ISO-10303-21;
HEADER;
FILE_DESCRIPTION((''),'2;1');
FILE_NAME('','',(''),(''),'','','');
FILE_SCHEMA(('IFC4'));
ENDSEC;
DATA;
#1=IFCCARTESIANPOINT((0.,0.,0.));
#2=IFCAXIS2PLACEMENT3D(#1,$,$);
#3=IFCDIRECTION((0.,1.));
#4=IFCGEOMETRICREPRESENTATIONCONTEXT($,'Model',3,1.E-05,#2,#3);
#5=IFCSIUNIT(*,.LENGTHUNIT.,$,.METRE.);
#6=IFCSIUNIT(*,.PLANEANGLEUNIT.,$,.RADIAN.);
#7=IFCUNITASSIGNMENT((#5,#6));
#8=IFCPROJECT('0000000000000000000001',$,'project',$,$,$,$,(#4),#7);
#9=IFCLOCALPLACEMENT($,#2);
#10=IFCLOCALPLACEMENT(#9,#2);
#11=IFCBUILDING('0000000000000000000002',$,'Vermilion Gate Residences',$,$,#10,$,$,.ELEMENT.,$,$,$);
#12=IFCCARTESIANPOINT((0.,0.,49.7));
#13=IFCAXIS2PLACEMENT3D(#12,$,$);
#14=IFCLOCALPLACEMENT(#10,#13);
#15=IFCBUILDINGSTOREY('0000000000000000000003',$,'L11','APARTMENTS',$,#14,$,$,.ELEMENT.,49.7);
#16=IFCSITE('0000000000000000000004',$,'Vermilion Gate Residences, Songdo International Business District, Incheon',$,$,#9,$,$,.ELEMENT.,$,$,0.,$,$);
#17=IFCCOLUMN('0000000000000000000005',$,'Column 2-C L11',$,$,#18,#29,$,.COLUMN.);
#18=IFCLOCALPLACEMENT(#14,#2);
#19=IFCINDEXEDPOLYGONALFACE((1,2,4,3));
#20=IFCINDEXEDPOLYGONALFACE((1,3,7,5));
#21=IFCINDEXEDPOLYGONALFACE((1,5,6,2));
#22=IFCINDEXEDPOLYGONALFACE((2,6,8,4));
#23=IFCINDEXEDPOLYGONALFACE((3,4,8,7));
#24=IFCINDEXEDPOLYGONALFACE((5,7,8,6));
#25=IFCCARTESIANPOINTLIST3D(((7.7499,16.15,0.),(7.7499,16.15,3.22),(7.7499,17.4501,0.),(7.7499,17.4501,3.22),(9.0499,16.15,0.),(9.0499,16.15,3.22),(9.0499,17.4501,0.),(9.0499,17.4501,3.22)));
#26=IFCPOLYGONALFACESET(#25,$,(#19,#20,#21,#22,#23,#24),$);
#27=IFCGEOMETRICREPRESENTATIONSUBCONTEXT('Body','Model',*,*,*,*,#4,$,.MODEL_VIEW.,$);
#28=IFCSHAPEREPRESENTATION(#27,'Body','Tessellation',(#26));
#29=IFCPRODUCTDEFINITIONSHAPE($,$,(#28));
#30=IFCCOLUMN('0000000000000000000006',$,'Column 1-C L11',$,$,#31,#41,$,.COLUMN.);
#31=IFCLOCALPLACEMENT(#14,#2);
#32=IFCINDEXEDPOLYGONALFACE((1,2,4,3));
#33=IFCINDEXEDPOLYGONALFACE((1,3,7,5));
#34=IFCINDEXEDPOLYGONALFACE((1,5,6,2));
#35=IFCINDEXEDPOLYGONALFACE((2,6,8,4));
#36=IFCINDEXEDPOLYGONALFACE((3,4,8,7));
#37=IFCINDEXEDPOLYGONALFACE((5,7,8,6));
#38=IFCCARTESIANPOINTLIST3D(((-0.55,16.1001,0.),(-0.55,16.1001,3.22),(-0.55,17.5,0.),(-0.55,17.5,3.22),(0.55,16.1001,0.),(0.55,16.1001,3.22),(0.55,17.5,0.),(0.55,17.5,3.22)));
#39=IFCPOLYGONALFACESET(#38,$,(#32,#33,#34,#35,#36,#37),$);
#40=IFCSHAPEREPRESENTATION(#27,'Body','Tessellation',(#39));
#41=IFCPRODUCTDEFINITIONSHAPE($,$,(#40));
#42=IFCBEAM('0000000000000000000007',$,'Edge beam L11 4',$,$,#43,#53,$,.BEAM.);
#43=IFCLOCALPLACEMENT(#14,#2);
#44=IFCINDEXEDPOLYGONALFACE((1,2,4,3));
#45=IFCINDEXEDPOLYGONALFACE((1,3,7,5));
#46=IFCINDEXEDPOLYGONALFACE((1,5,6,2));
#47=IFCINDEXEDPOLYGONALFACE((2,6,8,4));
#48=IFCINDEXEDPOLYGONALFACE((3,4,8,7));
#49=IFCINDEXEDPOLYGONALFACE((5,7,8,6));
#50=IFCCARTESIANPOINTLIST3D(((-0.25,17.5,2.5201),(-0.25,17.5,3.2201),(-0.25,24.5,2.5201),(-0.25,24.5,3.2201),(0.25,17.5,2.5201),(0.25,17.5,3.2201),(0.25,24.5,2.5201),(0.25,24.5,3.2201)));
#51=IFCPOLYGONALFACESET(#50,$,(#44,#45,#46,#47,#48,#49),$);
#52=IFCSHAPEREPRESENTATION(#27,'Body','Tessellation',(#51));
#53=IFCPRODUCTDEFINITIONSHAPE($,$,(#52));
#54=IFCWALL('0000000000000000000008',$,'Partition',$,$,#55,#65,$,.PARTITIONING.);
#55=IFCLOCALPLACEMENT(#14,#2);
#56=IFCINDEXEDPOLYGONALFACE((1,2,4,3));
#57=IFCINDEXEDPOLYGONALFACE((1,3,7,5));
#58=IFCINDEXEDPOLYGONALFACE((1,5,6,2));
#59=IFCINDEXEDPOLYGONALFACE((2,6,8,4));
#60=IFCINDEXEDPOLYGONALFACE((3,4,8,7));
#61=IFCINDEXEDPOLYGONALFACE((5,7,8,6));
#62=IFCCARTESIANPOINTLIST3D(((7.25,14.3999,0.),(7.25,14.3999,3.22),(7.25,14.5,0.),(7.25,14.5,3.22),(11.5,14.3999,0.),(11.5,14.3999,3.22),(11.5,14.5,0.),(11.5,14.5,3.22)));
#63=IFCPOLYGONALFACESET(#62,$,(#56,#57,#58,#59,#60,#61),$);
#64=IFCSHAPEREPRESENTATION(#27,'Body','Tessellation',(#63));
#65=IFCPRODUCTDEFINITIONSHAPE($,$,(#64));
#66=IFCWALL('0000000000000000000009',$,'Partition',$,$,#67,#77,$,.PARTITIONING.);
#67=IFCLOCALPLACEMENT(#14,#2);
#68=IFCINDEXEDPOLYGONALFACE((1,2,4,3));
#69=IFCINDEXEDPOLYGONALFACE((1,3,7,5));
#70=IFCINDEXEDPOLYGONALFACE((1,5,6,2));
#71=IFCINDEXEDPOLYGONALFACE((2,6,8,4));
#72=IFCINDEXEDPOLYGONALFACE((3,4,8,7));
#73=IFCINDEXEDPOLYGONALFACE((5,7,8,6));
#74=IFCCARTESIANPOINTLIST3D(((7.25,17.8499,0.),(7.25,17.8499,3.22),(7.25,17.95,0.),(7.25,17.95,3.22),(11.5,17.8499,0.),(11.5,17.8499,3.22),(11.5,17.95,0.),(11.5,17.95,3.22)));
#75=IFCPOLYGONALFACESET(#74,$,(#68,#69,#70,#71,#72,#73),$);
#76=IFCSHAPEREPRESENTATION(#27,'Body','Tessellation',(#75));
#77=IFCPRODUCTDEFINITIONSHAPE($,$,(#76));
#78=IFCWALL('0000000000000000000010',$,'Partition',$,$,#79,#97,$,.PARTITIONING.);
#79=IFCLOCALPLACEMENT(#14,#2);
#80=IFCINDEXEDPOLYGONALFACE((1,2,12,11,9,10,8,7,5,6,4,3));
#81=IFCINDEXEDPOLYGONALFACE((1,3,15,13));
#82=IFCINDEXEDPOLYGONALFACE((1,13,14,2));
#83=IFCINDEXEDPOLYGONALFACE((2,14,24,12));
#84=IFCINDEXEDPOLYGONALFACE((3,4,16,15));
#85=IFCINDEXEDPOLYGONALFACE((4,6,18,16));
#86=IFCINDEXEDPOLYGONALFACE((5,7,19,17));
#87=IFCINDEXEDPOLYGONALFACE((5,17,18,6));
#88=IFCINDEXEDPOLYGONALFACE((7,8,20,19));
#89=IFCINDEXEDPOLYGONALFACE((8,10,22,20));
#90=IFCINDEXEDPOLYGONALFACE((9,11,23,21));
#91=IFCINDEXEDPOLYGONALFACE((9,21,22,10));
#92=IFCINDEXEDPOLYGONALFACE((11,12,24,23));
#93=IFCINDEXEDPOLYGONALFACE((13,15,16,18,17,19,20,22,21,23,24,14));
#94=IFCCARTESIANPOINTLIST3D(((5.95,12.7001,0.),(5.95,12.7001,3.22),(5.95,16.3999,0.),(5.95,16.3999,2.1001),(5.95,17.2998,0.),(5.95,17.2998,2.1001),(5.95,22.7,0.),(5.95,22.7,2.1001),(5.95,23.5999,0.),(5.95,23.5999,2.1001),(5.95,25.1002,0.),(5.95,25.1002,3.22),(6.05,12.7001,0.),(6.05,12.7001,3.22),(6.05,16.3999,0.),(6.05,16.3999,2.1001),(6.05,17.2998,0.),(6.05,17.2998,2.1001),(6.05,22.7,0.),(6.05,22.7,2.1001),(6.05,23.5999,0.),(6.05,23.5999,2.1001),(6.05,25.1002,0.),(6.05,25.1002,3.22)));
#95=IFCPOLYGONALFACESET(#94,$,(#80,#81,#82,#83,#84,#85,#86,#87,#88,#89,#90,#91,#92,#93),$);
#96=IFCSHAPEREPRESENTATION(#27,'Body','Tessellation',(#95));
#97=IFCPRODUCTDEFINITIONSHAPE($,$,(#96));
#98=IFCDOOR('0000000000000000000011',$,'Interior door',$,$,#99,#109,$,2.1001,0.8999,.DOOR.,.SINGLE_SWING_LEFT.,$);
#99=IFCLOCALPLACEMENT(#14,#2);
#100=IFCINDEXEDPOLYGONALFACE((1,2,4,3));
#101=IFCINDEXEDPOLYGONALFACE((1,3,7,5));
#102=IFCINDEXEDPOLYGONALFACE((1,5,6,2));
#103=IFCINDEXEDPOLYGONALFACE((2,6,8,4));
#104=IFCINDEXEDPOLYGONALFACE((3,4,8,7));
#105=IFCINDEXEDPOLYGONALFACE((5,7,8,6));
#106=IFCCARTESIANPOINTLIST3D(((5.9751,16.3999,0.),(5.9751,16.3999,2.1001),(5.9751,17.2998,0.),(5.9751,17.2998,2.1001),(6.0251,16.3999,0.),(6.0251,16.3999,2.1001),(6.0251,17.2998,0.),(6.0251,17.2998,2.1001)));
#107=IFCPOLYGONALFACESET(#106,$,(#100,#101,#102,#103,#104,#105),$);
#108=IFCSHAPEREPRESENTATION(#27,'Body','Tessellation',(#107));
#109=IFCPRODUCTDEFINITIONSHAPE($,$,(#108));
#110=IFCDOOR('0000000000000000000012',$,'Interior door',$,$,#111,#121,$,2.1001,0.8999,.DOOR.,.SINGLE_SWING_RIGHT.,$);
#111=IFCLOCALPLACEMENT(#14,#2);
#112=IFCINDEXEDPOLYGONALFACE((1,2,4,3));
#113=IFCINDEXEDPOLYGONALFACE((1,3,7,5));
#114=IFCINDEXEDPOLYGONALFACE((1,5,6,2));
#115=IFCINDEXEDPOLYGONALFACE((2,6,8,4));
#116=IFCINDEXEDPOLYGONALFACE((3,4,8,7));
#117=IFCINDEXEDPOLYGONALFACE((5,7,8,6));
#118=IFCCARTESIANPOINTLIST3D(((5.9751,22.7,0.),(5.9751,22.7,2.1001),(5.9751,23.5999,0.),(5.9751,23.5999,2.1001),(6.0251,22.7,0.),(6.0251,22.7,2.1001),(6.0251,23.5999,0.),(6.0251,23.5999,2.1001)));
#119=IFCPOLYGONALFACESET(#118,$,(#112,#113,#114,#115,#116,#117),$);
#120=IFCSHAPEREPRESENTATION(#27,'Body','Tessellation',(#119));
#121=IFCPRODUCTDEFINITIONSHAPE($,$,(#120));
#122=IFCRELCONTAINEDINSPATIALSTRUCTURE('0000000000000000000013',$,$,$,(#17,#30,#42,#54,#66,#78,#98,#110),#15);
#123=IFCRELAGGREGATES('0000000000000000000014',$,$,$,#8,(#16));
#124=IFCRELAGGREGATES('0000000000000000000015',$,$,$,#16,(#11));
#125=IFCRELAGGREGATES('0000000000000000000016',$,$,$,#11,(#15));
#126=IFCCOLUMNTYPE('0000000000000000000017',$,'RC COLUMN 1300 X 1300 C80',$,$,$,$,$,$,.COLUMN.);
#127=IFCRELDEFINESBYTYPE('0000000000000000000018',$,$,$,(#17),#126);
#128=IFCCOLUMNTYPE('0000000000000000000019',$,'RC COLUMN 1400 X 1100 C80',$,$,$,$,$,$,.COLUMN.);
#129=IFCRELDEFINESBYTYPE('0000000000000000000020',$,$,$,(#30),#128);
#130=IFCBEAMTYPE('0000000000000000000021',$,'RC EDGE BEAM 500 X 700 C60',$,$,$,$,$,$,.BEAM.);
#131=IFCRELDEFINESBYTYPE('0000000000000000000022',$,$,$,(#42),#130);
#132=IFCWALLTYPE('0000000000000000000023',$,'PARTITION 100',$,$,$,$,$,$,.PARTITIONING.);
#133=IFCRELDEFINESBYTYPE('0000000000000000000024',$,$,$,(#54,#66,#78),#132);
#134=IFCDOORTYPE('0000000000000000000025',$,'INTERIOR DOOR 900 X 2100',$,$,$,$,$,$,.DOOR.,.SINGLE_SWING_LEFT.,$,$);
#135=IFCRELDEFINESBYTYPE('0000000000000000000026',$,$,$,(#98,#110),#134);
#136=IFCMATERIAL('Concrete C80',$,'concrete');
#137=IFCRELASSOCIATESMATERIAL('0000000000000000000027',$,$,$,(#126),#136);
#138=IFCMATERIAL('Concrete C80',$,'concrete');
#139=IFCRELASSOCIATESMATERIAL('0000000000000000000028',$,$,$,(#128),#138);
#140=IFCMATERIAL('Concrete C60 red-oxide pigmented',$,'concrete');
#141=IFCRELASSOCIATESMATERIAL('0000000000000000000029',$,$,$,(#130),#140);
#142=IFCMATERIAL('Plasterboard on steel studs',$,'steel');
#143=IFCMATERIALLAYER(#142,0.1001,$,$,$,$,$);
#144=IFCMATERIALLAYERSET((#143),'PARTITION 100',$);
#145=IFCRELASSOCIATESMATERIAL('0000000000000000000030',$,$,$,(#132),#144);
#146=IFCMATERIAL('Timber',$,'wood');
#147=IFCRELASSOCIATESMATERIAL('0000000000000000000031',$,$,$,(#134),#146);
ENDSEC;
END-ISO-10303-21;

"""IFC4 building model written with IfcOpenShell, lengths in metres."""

from ifc_helpers import new_model, si_unit, direction, frame, frame_2d, origin, origin_2d, place, context, subcontext, project, spatial, rectangle, extrude, material, layer, layer_set, material_profile, profile_set, type_object, element, fill, save


model = new_model("IFC4")

# Units and contexts
model_context = context("Model", 3, precision=1e-05, world=origin(), true_north=direction((0.0, 1.0)))
body_context = subcontext(model_context, "Body", "Model", "MODEL_VIEW")
ifc_project = project(units=[si_unit("LENGTHUNIT", "METRE"), si_unit("PLANEANGLEUNIT", "RADIAN")], contexts=[model_context])

# Site, building, storey
site_placement = place(None, origin())
site = spatial("IfcSite", under=ifc_project, at=site_placement, Name="Vermilion Gate Residences, Songdo International Business District, Incheon", CompositionType="ELEMENT", RefElevation=0.0)
building_placement = place(site_placement, origin())
building = spatial("IfcBuilding", under=site, at=building_placement, Name="Vermilion Gate Residences", CompositionType="ELEMENT")
storey_placement = place(building_placement, frame((0.0, 0.0, 49.7)))
storey = spatial("IfcBuildingStorey", under=building, at=storey_placement, Name="L11", Description="APARTMENTS", CompositionType="ELEMENT", Elevation=49.7)

# Columns
ifc_material_1 = material(Name="Concrete C80", Category="concrete")
ifc_material_profile_1 = material_profile(ifc_material_1, rectangle(XDim=1.3, YDim=1.3, at=origin_2d()), Name="RC-1300x1300")
ifc_profile_set_1 = profile_set([ifc_material_profile_1], Name="Concrete C80")
column_type_1 = type_object("IfcColumnType", Name="RC COLUMN 1300 X 1300 C80", PredefinedType="COLUMN", material=ifc_profile_set_1)
column_1_placement = place(storey_placement, frame((8.3999, 16.8, 0.0), z_axis=(0.0, 0.0, 1.0), x_axis=(1.0, 0.0, 0.0)))
element("IfcColumn", 1, at=column_1_placement, inside=storey, type_object=column_type_1, Name="Column 2-C L11", PredefinedType="COLUMN", context=body_context, shape_type="SweptSolid", body=[
    extrude(rectangle(XDim=1.3, YDim=1.3, at=origin_2d()), origin(), (0.0, 0.0, 1.0), 3.22),
])
ifc_material_2 = material(Name="Concrete C80", Category="concrete")
ifc_material_profile_2 = material_profile(ifc_material_2, rectangle(XDim=1.3999, YDim=1.1001, at=origin_2d()), Name="RC-1400x1100")
ifc_profile_set_2 = profile_set([ifc_material_profile_2], Name="Concrete C80")
column_type_2 = type_object("IfcColumnType", Name="RC COLUMN 1400 X 1100 C80", PredefinedType="COLUMN", material=ifc_profile_set_2)
column_2_placement = place(storey_placement, frame((0.0, 16.8, 0.0), z_axis=(0.0, 0.0, 1.0), x_axis=(0.0, 1.0, 0.0)))
element("IfcColumn", 2, at=column_2_placement, inside=storey, type_object=column_type_2, Name="Column 1-C L11", PredefinedType="COLUMN", context=body_context, shape_type="SweptSolid", body=[
    extrude(rectangle(XDim=1.3999, YDim=1.1001, at=origin_2d()), origin(), (0.0, 0.0, 1.0), 3.22),
])

# Beam
ifc_material_3 = material(Name="Concrete C60 red-oxide pigmented", Category="concrete")
ifc_material_profile_3 = material_profile(ifc_material_3, rectangle(XDim=0.5, YDim=0.7, at=origin_2d()), Name="RC-500x700")
ifc_profile_set_3 = profile_set([ifc_material_profile_3], Name="Concrete C60 red-oxide pigmented")
beam_type = type_object("IfcBeamType", Name="RC EDGE BEAM 500 X 700 C60", PredefinedType="BEAM", material=ifc_profile_set_3)
beam_placement = place(storey_placement, frame((0.0, 17.5, 2.8701), z_axis=(0.0, 1.0, 0.0), x_axis=(-1.0, 0.0, 0.0)))
element("IfcBeam", 3, at=beam_placement, inside=storey, type_object=beam_type, Name="Edge beam L11 4", PredefinedType="BEAM", context=body_context, shape_type="SweptSolid", body=[
    extrude(rectangle(XDim=0.5, YDim=0.7, at=origin_2d()), origin(), (0.0, 0.0, 1.0), 7.0),
])

# Walls
ifc_material_4 = material(Name="Plasterboard on steel studs", Category="steel")
ifc_layer_1 = layer(ifc_material_4, 0.1001)
ifc_layer_set_1 = layer_set([ifc_layer_1], Name="PARTITION 100")
wall_type_1 = type_object("IfcWallType", Name="PARTITION 100", PredefinedType="PARTITIONING", material=ifc_layer_set_1)
for number, where, z_axis, x_axis, name in (
    (4, (7.25, 14.45, 0.0), (0.0, 0.0, 1.0), (1.0, 0.0, 0.0), "Partition"),
    (5, (7.25, 17.8999, 0.0), (0.0, 0.0, 1.0), (1.0, 0.0, 0.0), "Partition"),
):
    element("IfcWall", number, at=place(storey_placement, frame(where, z_axis=z_axis, x_axis=x_axis)), inside=storey, type_object=wall_type_1, Name=name, PredefinedType="PARTITIONING", context=body_context, shape_type="SweptSolid", body=[
        extrude(rectangle(XDim=4.25, YDim=0.1001, at=frame_2d((2.125, 0.0))), origin(), (0.0, 0.0, 1.0), 3.22),
    ])

# Wall, openings, doors
wall_1_placement = place(storey_placement, frame((6.0, 12.7, 0.0), z_axis=(0.0, 0.0, 1.0), x_axis=(0.0, 1.0, 0.0)))
wall_1 = element("IfcWall", 6, at=wall_1_placement, inside=storey, type_object=wall_type_1, Name="Partition", PredefinedType="PARTITIONING", context=body_context, shape_type="SweptSolid", body=[
    extrude(rectangle(XDim=12.4001, YDim=0.1001, at=frame_2d((6.2002, 0.0))), origin(), (0.0, 0.0, 1.0), 3.22),
])
opening_1_placement = place(wall_1_placement, frame((3.7, 0.0, 0.0)))
opening_1 = element("IfcOpeningElement", 7, at=opening_1_placement, cuts=wall_1, PredefinedType="OPENING", context=body_context, shape_type="SweptSolid", body=[
    extrude(rectangle(XDim=0.8999, YDim=2.1001, at=frame_2d((0.45, 1.05))), frame((0.0, 0.0601, 0.0), z_axis=(0.0, -1.0, 0.0), x_axis=(1.0, 0.0, 0.0)), (0.0, 0.0, 1.0), 0.1201),
])
opening_2_placement = place(wall_1_placement, frame((10.0, 0.0, 0.0)))
opening_2 = element("IfcOpeningElement", 8, at=opening_2_placement, cuts=wall_1, PredefinedType="OPENING", context=body_context, shape_type="SweptSolid", body=[
    extrude(rectangle(XDim=0.8999, YDim=2.1001, at=frame_2d((0.45, 1.05))), frame((0.0, 0.0601, 0.0), z_axis=(0.0, -1.0, 0.0), x_axis=(1.0, 0.0, 0.0)), (0.0, 0.0, 1.0), 0.1201),
])
ifc_material_5 = material(Name="Timber", Category="wood")
door_type = type_object("IfcDoorType", Name="INTERIOR DOOR 900 X 2100", OperationType="SINGLE_SWING_LEFT", PredefinedType="DOOR", material=ifc_material_5)
door_1_placement = place(opening_1_placement, origin())
door_1 = element("IfcDoor", 9, at=door_1_placement, inside=storey, type_object=door_type, Name="Interior door", OperationType="SINGLE_SWING_LEFT", OverallHeight=2.1001, OverallWidth=0.8999, PredefinedType="DOOR", context=body_context, shape_type="SweptSolid", body=[
    extrude(rectangle(XDim=0.8999, YDim=2.1001, at=frame_2d((0.45, 1.05))), frame((0.0, 0.0249, 0.0), z_axis=(0.0, -1.0, 0.0), x_axis=(1.0, 0.0, 0.0)), (0.0, 0.0, 1.0), 0.05),
])
fill(opening_1, door_1)
door_2_placement = place(opening_2_placement, origin())
door_2 = element("IfcDoor", 10, at=door_2_placement, inside=storey, type_object=door_type, Name="Interior door", OperationType="SINGLE_SWING_RIGHT", OverallHeight=2.1001, OverallWidth=0.8999, PredefinedType="DOOR", context=body_context, shape_type="SweptSolid", body=[
    extrude(rectangle(XDim=0.8999, YDim=2.1001, at=frame_2d((0.45, 1.05))), frame((0.0, 0.0249, 0.0), z_axis=(0.0, -1.0, 0.0), x_axis=(1.0, 0.0, 0.0)), (0.0, 0.0, 1.0), 0.05),
])
fill(opening_2, door_2)

save(model, "model.ifc")
